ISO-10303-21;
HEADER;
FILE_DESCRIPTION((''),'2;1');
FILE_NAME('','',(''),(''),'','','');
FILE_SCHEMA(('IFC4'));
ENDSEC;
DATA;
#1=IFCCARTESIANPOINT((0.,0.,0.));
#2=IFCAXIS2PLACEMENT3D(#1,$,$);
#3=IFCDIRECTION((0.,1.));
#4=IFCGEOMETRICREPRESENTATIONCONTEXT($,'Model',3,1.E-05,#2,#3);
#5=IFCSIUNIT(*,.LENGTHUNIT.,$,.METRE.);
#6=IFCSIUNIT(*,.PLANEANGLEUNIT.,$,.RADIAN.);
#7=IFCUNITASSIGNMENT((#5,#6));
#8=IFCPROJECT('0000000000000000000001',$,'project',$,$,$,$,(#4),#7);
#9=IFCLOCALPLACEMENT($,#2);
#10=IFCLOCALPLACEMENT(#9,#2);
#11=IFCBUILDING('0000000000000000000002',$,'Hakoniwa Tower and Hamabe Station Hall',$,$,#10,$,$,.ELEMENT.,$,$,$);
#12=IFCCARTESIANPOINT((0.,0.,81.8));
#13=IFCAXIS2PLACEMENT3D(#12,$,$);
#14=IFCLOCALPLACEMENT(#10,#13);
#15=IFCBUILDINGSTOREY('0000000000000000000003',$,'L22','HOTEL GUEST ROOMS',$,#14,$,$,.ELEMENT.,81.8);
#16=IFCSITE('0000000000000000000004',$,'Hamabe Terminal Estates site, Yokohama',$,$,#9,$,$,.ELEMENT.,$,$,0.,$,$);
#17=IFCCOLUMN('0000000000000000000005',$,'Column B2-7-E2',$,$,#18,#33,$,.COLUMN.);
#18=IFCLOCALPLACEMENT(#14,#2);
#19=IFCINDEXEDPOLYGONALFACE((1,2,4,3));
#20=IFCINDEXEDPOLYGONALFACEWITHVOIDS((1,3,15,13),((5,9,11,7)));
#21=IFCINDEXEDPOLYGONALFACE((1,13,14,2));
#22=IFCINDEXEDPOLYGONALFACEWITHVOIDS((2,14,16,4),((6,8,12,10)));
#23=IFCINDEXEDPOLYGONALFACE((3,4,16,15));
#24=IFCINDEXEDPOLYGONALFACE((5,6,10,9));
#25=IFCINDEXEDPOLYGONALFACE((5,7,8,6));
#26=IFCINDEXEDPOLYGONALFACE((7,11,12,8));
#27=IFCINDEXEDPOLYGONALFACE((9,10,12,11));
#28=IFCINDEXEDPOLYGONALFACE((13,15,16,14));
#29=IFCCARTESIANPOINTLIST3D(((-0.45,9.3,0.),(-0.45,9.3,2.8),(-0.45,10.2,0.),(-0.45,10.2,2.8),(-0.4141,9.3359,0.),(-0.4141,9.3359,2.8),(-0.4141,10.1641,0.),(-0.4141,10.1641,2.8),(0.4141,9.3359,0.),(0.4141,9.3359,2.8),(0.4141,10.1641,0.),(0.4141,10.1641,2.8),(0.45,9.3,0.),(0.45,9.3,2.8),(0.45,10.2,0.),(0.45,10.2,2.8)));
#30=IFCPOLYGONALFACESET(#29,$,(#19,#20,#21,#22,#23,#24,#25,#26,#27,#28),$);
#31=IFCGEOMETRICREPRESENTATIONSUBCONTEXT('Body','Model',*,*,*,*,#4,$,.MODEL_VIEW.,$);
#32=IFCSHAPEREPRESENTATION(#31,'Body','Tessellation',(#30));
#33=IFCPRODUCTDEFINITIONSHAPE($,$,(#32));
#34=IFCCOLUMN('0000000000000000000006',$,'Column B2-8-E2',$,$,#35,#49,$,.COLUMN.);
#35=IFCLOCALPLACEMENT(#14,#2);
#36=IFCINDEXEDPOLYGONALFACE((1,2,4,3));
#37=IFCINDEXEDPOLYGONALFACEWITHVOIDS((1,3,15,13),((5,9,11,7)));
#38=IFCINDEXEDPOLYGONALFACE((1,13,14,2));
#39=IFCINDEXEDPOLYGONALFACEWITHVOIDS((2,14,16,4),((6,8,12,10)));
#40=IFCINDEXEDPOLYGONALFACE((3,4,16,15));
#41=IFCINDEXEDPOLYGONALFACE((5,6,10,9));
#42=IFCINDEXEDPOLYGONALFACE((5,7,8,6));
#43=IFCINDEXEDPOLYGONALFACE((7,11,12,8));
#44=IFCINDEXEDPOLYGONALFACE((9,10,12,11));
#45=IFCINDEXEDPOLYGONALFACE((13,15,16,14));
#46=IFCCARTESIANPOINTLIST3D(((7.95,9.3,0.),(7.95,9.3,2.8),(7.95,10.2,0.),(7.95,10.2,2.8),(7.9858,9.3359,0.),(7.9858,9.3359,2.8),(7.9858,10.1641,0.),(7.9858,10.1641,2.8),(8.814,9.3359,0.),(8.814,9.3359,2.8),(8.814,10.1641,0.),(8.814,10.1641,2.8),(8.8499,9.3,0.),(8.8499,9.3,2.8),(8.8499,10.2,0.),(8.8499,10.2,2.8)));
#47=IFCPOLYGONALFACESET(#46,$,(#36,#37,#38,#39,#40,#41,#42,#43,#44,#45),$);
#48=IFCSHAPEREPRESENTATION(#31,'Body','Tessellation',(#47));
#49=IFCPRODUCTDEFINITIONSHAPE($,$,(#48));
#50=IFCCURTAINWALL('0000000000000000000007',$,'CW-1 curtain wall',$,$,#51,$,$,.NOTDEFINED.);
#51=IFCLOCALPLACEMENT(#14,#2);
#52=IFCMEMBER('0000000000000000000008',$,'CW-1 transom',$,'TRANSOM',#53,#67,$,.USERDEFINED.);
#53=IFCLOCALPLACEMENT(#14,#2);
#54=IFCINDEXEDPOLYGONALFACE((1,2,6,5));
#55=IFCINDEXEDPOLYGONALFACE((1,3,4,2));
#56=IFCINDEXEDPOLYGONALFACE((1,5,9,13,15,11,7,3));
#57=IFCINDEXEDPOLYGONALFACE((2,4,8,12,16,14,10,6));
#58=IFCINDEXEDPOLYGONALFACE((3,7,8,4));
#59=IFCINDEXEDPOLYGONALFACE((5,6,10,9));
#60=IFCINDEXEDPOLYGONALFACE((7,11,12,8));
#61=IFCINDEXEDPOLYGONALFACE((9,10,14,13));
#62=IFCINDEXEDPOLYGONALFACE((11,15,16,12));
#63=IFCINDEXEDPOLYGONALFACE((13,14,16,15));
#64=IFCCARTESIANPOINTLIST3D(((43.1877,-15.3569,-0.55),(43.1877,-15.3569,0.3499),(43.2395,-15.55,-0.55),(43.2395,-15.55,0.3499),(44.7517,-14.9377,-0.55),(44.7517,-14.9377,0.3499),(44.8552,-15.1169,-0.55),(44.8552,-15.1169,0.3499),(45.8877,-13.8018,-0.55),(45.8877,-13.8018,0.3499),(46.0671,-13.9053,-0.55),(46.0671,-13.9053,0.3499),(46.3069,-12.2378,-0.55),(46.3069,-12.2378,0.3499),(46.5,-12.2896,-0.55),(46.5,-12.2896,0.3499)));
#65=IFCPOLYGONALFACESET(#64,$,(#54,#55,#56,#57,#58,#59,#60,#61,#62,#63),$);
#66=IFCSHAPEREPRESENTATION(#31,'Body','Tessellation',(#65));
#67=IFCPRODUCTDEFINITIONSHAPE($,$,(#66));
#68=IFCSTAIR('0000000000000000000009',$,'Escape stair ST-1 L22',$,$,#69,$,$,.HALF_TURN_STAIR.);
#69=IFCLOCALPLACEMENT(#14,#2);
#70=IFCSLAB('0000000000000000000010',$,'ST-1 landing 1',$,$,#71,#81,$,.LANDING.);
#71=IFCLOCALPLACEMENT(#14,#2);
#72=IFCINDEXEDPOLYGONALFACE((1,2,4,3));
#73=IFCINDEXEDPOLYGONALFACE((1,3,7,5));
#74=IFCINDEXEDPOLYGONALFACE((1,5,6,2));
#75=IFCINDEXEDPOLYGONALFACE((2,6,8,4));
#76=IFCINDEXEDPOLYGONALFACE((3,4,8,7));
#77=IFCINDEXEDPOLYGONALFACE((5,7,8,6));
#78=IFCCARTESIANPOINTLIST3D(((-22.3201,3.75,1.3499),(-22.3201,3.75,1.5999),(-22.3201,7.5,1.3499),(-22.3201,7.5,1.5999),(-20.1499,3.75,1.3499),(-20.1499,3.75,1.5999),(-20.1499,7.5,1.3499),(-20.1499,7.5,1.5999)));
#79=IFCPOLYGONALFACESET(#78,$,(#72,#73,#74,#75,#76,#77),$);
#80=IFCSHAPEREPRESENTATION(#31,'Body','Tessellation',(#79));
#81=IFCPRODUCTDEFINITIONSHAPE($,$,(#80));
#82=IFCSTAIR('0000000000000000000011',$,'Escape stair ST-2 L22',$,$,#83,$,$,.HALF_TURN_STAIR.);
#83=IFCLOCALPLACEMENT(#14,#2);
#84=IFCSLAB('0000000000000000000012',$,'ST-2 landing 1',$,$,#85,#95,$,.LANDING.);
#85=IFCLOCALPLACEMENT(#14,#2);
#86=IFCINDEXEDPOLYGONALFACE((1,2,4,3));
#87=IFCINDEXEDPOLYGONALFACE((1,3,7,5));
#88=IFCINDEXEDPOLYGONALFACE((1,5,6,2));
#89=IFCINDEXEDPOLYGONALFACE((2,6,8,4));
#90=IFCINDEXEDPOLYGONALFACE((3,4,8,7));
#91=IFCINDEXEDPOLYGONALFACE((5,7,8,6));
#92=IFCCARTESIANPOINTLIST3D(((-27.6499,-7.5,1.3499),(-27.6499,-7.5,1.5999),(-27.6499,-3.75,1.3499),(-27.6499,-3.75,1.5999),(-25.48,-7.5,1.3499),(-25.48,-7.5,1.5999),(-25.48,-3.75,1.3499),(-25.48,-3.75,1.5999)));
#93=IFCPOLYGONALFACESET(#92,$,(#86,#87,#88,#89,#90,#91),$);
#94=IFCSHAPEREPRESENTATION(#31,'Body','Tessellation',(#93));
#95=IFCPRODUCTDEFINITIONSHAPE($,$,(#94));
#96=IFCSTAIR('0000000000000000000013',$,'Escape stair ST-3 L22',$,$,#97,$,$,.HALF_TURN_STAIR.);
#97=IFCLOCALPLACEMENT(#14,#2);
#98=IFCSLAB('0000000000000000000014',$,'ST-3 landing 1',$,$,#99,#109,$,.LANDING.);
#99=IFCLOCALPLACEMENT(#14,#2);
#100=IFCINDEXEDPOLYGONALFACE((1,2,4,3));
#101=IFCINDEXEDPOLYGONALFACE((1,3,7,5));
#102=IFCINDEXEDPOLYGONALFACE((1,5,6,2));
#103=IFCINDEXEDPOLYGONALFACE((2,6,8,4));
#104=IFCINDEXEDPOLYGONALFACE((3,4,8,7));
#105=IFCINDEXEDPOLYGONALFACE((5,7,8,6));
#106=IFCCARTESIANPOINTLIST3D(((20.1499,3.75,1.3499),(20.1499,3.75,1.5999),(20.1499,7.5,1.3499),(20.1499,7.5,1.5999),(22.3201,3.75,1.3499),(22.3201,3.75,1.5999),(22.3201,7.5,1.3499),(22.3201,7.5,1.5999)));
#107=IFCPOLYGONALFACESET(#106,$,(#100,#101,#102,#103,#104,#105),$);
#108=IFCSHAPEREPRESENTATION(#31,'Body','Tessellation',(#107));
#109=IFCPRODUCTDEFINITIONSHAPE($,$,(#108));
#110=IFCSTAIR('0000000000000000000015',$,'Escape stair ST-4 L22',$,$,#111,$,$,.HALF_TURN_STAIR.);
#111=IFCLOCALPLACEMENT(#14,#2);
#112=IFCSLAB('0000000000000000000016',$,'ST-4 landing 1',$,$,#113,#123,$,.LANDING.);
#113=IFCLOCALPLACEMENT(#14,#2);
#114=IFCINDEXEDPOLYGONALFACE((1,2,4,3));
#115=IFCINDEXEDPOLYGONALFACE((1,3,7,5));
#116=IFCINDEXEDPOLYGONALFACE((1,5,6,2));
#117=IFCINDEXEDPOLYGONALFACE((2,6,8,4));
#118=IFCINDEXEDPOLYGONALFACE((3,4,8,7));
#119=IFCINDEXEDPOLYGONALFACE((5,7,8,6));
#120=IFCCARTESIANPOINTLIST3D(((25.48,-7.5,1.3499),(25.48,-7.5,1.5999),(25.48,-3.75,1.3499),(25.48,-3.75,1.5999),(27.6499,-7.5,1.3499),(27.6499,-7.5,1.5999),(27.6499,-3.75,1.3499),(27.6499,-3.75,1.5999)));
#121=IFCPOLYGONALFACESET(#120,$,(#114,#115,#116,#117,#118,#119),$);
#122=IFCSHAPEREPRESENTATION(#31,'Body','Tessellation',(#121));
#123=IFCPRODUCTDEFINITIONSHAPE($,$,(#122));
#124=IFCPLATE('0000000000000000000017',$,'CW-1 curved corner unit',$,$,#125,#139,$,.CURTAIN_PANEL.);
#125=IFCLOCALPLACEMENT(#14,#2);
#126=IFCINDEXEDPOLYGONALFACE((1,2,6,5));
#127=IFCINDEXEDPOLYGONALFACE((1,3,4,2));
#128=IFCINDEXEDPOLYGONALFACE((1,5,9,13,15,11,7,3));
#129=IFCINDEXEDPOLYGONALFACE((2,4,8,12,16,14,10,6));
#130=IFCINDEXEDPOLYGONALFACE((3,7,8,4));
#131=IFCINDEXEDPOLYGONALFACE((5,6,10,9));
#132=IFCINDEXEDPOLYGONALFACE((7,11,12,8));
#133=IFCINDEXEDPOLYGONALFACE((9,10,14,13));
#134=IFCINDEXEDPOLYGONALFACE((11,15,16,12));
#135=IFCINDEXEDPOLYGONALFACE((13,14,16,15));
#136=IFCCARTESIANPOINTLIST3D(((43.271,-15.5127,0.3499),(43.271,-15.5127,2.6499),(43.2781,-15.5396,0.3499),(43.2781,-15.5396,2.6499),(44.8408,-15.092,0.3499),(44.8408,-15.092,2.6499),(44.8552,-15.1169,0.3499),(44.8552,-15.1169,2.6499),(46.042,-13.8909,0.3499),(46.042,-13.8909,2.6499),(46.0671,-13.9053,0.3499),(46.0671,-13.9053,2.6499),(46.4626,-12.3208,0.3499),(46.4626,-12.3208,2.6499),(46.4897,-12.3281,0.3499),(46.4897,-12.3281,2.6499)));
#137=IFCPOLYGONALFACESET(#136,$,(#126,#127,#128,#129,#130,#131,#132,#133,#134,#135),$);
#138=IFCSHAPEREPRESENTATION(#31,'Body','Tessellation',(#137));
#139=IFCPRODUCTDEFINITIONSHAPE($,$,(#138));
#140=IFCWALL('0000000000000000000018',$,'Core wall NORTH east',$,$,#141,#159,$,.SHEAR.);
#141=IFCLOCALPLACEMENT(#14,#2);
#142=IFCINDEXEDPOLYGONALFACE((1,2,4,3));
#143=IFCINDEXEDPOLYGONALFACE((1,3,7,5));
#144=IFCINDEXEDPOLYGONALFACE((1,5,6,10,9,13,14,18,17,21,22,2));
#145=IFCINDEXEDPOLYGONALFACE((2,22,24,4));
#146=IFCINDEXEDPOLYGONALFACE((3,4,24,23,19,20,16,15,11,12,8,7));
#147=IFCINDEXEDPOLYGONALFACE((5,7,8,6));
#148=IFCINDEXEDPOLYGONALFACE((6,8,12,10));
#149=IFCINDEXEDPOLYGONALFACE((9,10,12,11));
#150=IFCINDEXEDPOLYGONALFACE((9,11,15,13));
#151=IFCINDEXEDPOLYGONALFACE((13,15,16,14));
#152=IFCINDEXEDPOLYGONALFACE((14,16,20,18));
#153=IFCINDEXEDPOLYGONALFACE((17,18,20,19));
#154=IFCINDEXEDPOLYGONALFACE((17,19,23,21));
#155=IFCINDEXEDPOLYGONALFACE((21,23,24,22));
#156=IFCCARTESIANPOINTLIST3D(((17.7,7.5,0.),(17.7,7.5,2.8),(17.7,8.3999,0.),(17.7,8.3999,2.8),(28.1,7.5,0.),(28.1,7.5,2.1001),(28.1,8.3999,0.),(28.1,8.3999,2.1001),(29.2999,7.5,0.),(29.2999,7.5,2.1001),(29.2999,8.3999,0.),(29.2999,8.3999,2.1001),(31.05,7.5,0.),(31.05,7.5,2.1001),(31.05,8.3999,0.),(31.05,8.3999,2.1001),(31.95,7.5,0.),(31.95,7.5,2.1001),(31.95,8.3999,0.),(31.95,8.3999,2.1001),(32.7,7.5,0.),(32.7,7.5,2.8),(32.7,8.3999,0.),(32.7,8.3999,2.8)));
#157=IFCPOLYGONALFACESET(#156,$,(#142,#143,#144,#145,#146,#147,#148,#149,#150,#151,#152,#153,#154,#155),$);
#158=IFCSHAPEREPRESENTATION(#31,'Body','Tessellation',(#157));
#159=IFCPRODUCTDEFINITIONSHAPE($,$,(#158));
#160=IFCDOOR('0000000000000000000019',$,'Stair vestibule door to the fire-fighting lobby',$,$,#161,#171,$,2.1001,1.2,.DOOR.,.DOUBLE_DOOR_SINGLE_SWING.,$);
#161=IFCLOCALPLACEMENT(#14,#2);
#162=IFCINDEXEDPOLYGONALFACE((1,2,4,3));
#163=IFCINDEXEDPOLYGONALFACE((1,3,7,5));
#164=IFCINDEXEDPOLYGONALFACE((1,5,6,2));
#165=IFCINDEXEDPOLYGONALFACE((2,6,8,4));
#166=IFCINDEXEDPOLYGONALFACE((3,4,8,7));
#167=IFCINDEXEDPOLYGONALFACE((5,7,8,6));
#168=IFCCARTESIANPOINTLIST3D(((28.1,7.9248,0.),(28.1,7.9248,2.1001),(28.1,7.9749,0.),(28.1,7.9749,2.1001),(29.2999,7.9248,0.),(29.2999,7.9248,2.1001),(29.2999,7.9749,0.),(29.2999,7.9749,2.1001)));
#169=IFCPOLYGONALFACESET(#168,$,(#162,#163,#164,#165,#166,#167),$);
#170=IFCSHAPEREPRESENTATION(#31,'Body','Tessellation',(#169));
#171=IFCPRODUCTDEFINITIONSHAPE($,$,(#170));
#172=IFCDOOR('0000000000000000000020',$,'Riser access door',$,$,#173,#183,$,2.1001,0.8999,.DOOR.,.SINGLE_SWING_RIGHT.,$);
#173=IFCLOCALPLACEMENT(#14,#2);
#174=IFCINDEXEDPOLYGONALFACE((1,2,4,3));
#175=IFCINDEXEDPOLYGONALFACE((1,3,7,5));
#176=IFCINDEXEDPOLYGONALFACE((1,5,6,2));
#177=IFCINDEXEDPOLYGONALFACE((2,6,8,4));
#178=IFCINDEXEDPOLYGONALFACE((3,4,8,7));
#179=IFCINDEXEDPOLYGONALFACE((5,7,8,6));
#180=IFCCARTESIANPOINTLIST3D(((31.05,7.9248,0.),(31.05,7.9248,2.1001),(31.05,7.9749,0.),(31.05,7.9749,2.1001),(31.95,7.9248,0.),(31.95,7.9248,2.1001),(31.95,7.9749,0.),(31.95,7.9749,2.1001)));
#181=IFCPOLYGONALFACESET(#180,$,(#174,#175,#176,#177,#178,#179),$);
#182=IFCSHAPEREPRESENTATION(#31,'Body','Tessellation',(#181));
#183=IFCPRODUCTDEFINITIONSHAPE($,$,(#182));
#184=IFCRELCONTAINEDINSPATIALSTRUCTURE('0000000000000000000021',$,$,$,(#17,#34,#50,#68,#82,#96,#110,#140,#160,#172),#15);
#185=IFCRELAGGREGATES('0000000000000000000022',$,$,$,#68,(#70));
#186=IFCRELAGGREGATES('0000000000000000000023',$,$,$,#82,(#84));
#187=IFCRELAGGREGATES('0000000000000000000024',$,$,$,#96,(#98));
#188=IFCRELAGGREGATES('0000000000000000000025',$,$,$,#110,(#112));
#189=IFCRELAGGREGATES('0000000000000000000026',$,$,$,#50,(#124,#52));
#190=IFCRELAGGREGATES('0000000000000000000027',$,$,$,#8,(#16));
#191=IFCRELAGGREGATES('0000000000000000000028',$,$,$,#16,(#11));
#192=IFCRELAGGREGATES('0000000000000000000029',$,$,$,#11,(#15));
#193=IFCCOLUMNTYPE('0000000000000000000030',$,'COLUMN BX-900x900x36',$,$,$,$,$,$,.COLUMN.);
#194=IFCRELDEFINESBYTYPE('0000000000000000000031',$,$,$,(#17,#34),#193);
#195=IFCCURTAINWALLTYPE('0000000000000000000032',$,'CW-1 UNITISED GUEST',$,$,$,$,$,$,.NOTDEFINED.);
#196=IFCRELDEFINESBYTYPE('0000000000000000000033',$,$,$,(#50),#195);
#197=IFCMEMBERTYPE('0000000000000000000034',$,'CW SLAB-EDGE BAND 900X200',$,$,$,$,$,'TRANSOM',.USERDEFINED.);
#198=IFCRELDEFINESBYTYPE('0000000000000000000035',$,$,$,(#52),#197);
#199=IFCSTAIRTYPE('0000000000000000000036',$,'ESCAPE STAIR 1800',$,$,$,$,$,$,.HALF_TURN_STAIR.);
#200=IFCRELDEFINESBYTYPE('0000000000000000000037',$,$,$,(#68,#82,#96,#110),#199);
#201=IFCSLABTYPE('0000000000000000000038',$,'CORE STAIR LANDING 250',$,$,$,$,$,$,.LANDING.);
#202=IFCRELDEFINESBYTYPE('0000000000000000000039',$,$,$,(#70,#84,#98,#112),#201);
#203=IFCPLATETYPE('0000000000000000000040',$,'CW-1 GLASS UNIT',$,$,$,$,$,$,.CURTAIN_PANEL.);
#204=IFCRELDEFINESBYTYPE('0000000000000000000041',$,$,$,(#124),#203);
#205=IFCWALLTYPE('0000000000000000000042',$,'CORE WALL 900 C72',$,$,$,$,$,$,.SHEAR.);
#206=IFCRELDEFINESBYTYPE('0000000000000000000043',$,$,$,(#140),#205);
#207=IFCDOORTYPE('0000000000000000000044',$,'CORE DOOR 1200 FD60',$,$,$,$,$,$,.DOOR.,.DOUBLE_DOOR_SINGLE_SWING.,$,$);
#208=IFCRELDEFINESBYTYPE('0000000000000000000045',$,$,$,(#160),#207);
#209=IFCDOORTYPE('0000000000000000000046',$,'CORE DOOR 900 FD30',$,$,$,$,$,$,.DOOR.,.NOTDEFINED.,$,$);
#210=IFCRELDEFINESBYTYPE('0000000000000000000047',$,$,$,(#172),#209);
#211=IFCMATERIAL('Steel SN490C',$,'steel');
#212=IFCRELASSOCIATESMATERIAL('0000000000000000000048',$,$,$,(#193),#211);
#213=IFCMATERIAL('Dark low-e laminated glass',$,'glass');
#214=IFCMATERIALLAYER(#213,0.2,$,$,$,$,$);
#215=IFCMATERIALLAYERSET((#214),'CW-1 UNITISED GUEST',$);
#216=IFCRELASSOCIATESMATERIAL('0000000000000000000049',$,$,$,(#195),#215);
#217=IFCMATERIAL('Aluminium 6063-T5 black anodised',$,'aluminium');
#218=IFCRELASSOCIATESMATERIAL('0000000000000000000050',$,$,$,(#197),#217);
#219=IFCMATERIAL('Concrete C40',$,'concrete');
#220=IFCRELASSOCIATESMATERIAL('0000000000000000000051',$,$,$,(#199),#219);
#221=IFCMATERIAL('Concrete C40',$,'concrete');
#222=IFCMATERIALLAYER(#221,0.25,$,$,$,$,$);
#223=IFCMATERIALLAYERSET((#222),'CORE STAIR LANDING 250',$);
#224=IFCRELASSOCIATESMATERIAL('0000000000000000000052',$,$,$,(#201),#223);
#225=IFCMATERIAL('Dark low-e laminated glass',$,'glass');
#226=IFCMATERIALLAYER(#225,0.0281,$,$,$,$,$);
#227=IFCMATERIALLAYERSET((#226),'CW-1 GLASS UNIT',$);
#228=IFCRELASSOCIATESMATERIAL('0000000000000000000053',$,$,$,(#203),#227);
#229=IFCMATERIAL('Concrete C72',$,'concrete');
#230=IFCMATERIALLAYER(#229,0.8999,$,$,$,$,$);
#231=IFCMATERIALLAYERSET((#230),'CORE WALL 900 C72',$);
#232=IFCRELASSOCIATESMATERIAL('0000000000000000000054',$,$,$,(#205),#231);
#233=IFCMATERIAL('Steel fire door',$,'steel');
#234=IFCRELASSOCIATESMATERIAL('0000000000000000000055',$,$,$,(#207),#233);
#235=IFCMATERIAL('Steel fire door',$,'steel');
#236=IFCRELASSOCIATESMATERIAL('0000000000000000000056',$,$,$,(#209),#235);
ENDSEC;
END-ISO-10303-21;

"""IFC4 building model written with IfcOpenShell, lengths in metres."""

from ifc_helpers import new_model, si_unit, direction, frame, frame_2d, origin, origin_2d, place, context, subcontext, project, spatial, polyline, rectangle, hollow_rectangle, outline, extrude, material, layer, layer_set, material_profile, profile_set, type_object, element, fill, aggregate, save


model = new_model("IFC4")

# Units and contexts
model_context = context("Model", 3, precision=1e-05, world=origin(), true_north=direction((0.0, 1.0)))
body_context = subcontext(model_context, "Body", "Model", "MODEL_VIEW")
ifc_project = project(units=[si_unit("LENGTHUNIT", "METRE"), si_unit("PLANEANGLEUNIT", "RADIAN")], contexts=[model_context])

# Site, building, storey
site_placement = place(None, origin())
site = spatial("IfcSite", under=ifc_project, at=site_placement, Name="Hamabe Terminal Estates site, Yokohama", CompositionType="ELEMENT", RefElevation=0.0)
building_placement = place(site_placement, origin())
building = spatial("IfcBuilding", under=site, at=building_placement, Name="Hakoniwa Tower and Hamabe Station Hall", CompositionType="ELEMENT")
storey_placement = place(building_placement, frame((0.0, 0.0, 81.8)))
storey = spatial("IfcBuildingStorey", under=building, at=storey_placement, Name="L22", Description="HOTEL GUEST ROOMS", CompositionType="ELEMENT", Elevation=81.8)

# Columns
ifc_material_1 = material(Name="Steel SN490C", Category="steel")
ifc_material_profile_1 = material_profile(ifc_material_1, hollow_rectangle(XDim=0.8999, YDim=0.8999, WallThickness=0.0359, at=origin_2d()), Name="BX-900x900x36")
ifc_profile_set_1 = profile_set([ifc_material_profile_1], Name="Steel SN490C")
column_type = type_object("IfcColumnType", Name="COLUMN BX-900x900x36", PredefinedType="COLUMN", material=ifc_profile_set_1)
for number, where, z_axis, x_axis, name in (
    (1, (0.0, 9.75, 0.0), (0.0, 0.0, 1.0), (1.0, 0.0, 0.0), "Column B2-7-E2"),
    (2, (8.3999, 9.75, 0.0), (0.0, 0.0, 1.0), (1.0, 0.0, 0.0), "Column B2-8-E2"),
):
    element("IfcColumn", number, at=place(storey_placement, frame(where, z_axis=z_axis, x_axis=x_axis)), inside=storey, type_object=column_type, Name=name, PredefinedType="COLUMN", context=body_context, shape_type="SweptSolid", body=[
        extrude(hollow_rectangle(XDim=0.8999, YDim=0.8999, WallThickness=0.0359, at=origin_2d()), origin(), (0.0, 0.0, 1.0), 2.8),
    ])

# Curtain wall, member
ifc_material_2 = material(Name="Dark low-e laminated glass", Category="glass")
ifc_layer_1 = layer(ifc_material_2, 0.2)
ifc_layer_set_1 = layer_set([ifc_layer_1], Name="CW-1 UNITISED GUEST")
curtain_wall_type = type_object("IfcCurtainWallType", Name="CW-1 UNITISED GUEST", PredefinedType="NOTDEFINED", material=ifc_layer_set_1)
curtain_wall_placement = place(storey_placement, origin())
curtain_wall = element("IfcCurtainWall", 3, at=curtain_wall_placement, inside=storey, type_object=curtain_wall_type, Name="CW-1 curtain wall", PredefinedType="NOTDEFINED")
ifc_material_3 = material(Name="Aluminium 6063-T5 black anodised", Category="aluminium")
ifc_material_profile_2 = material_profile(ifc_material_3, rectangle(XDim=0.2, YDim=0.8999, at=origin_2d()), Name="CW SLAB-EDGE BAND 900X200")
ifc_profile_set_2 = profile_set([ifc_material_profile_2], Name="Aluminium 6063-T5 black anodised")
member_type = type_object("IfcMemberType", Name="CW SLAB-EDGE BAND 900X200", ElementType="TRANSOM", PredefinedType="USERDEFINED", material=ifc_profile_set_2)
member_placement = place(storey_placement, frame((0.0, 0.0, -0.55)))
member = element("IfcMember", 4, at=member_placement, type_object=member_type, Name="CW-1 transom", ObjectType="TRANSOM", PredefinedType="USERDEFINED", context=body_context, shape_type="SweptSolid", body=[
    extrude(outline(polyline([(43.2395, -15.55), (44.8552, -15.1169), (46.0671, -13.9053), (46.5, -12.2896), (46.3069, -12.2378), (45.8877, -13.8018), (44.7517, -14.9377), (43.1877, -15.3569), (43.2395, -15.55)])), origin(), (0.0, 0.0, 1.0), 0.8999),
])

# Stairs, slabs
ifc_material_4 = material(Name="Concrete C40", Category="concrete")
stair_type = type_object("IfcStairType", Name="ESCAPE STAIR 1800", PredefinedType="HALF_TURN_STAIR", material=ifc_material_4)
stair_1_placement = place(storey_placement, origin())
stair_1 = element("IfcStair", 5, at=stair_1_placement, inside=storey, type_object=stair_type, Name="Escape stair ST-1 L22", PredefinedType="HALF_TURN_STAIR")
ifc_material_5 = material(Name="Concrete C40", Category="concrete")
ifc_layer_2 = layer(ifc_material_5, 0.25)
ifc_layer_set_2 = layer_set([ifc_layer_2], Name="CORE STAIR LANDING 250")
slab_type = type_object("IfcSlabType", Name="CORE STAIR LANDING 250", PredefinedType="LANDING", material=ifc_layer_set_2)
slab_1_placement = place(storey_placement, frame((0.0, 0.0, 1.3499)))
slab_1 = element("IfcSlab", 6, at=slab_1_placement, type_object=slab_type, Name="ST-1 landing 1", PredefinedType="LANDING", context=body_context, shape_type="SweptSolid", body=[
    extrude(outline(polyline([(-22.3201, 3.75), (-20.1499, 3.75), (-20.1499, 7.5), (-22.3201, 7.5), (-22.3201, 3.75)])), origin(), (0.0, 0.0, 1.0), 0.25),
])
aggregate(stair_1, [slab_1])
stair_2_placement = place(storey_placement, origin())
stair_2 = element("IfcStair", 7, at=stair_2_placement, inside=storey, type_object=stair_type, Name="Escape stair ST-2 L22", PredefinedType="HALF_TURN_STAIR")
slab_2_placement = place(storey_placement, frame((0.0, 0.0, 1.3499)))
slab_2 = element("IfcSlab", 8, at=slab_2_placement, type_object=slab_type, Name="ST-2 landing 1", PredefinedType="LANDING", context=body_context, shape_type="SweptSolid", body=[
    extrude(outline(polyline([(-25.48, -7.5), (-27.6499, -7.5), (-27.6499, -3.75), (-25.48, -3.75), (-25.48, -7.5)])), origin(), (0.0, 0.0, 1.0), 0.25),
])
aggregate(stair_2, [slab_2])
stair_3_placement = place(storey_placement, origin())
stair_3 = element("IfcStair", 9, at=stair_3_placement, inside=storey, type_object=stair_type, Name="Escape stair ST-3 L22", PredefinedType="HALF_TURN_STAIR")
slab_3_placement = place(storey_placement, frame((0.0, 0.0, 1.3499)))
slab_3 = element("IfcSlab", 10, at=slab_3_placement, type_object=slab_type, Name="ST-3 landing 1", PredefinedType="LANDING", context=body_context, shape_type="SweptSolid", body=[
    extrude(outline(polyline([(22.3201, 3.75), (20.1499, 3.75), (20.1499, 7.5), (22.3201, 7.5), (22.3201, 3.75)])), origin(), (0.0, 0.0, 1.0), 0.25),
])
aggregate(stair_3, [slab_3])
stair_4_placement = place(storey_placement, origin())
stair_4 = element("IfcStair", 11, at=stair_4_placement, inside=storey, type_object=stair_type, Name="Escape stair ST-4 L22", PredefinedType="HALF_TURN_STAIR")
slab_4_placement = place(storey_placement, frame((0.0, 0.0, 1.3499)))
slab_4 = element("IfcSlab", 12, at=slab_4_placement, type_object=slab_type, Name="ST-4 landing 1", PredefinedType="LANDING", context=body_context, shape_type="SweptSolid", body=[
    extrude(outline(polyline([(25.48, -7.5), (27.6499, -7.5), (27.6499, -3.75), (25.48, -3.75), (25.48, -7.5)])), origin(), (0.0, 0.0, 1.0), 0.25),
])
aggregate(stair_4, [slab_4])

# Plate
ifc_material_6 = material(Name="Dark low-e laminated glass", Category="glass")
ifc_layer_3 = layer(ifc_material_6, 0.0281)
ifc_layer_set_3 = layer_set([ifc_layer_3], Name="CW-1 GLASS UNIT")
plate_type = type_object("IfcPlateType", Name="CW-1 GLASS UNIT", PredefinedType="CURTAIN_PANEL", material=ifc_layer_set_3)
plate_placement = place(storey_placement, frame((0.0, 0.0, 0.3499)))
plate = element("IfcPlate", 13, at=plate_placement, type_object=plate_type, Name="CW-1 curved corner unit", PredefinedType="CURTAIN_PANEL", context=body_context, shape_type="SweptSolid", body=[
    extrude(outline(polyline([(43.2781, -15.5396), (44.8552, -15.1169), (46.0671, -13.9053), (46.4897, -12.3281), (46.4626, -12.3208), (46.042, -13.8909), (44.8408, -15.092), (43.271, -15.5127), (43.2781, -15.5396)])), origin(), (0.0, 0.0, 1.0), 2.3),
])
aggregate(curtain_wall, [plate, member])

# Wall, openings, doors
ifc_material_7 = material(Name="Concrete C72", Category="concrete")
ifc_layer_4 = layer(ifc_material_7, 0.8999)
ifc_layer_set_4 = layer_set([ifc_layer_4], Name="CORE WALL 900 C72")
wall_type_1 = type_object("IfcWallType", Name="CORE WALL 900 C72", PredefinedType="SHEAR", material=ifc_layer_set_4)
wall_1_placement = place(storey_placement, frame((17.7, 7.95, 0.0), z_axis=(0.0, 0.0, 1.0), x_axis=(1.0, 0.0, 0.0)))
wall_1 = element("IfcWall", 14, at=wall_1_placement, inside=storey, type_object=wall_type_1, Name="Core wall NORTH east", PredefinedType="SHEAR", context=body_context, shape_type="SweptSolid", body=[
    extrude(rectangle(XDim=15.0, YDim=0.8999, at=frame_2d((7.5, 0.0))), origin(), (0.0, 0.0, 1.0), 2.8),
])
opening_1_placement = place(wall_1_placement, frame((10.3999, 0.0, 0.0)))
opening_1 = element("IfcOpeningElement", 15, at=opening_1_placement, cuts=wall_1, PredefinedType="OPENING", context=body_context, shape_type="SweptSolid", body=[
    extrude(rectangle(XDim=1.2, YDim=2.1001, at=frame_2d((0.6001, 1.05))), frame((0.0, 0.46, 0.0), z_axis=(0.0, -1.0, 0.0), x_axis=(1.0, 0.0, 0.0)), (0.0, 0.0, 1.0), 0.9199),
])
opening_2_placement = place(wall_1_placement, frame((13.3501, 0.0, 0.0)))
opening_2 = element("IfcOpeningElement", 16, at=opening_2_placement, cuts=wall_1, PredefinedType="OPENING", context=body_context, shape_type="SweptSolid", body=[
    extrude(rectangle(XDim=0.8999, YDim=2.1001, at=frame_2d((0.45, 1.05))), frame((0.0, 0.46, 0.0), z_axis=(0.0, -1.0, 0.0), x_axis=(1.0, 0.0, 0.0)), (0.0, 0.0, 1.0), 0.9199),
])
ifc_material_8 = material(Name="Steel fire door", Category="steel")
door_type_1 = type_object("IfcDoorType", Name="CORE DOOR 1200 FD60", OperationType="DOUBLE_DOOR_SINGLE_SWING", PredefinedType="DOOR", material=ifc_material_8)
door_1_placement = place(opening_1_placement, origin())
door_1 = element("IfcDoor", 17, at=door_1_placement, inside=storey, type_object=door_type_1, Name="Stair vestibule door to the fire-fighting lobby", OperationType="DOUBLE_DOOR_SINGLE_SWING", OverallHeight=2.1001, OverallWidth=1.2, PredefinedType="DOOR", context=body_context, shape_type="SweptSolid", body=[
    extrude(rectangle(XDim=1.2, YDim=2.1001, at=frame_2d((0.6001, 1.05))), frame((0.0, 0.0249, 0.0), z_axis=(0.0, -1.0, 0.0), x_axis=(1.0, 0.0, 0.0)), (0.0, 0.0, 1.0), 0.05),
])
fill(opening_1, door_1)
ifc_material_9 = material(Name="Steel fire door", Category="steel")
door_type_2 = type_object("IfcDoorType", Name="CORE DOOR 900 FD30", OperationType="NOTDEFINED", PredefinedType="DOOR", material=ifc_material_9)
door_2_placement = place(opening_2_placement, origin())
door_2 = element("IfcDoor", 18, at=door_2_placement, inside=storey, type_object=door_type_2, Name="Riser access door", OperationType="SINGLE_SWING_RIGHT", OverallHeight=2.1001, OverallWidth=0.8999, PredefinedType="DOOR", context=body_context, shape_type="SweptSolid", body=[
    extrude(rectangle(XDim=0.8999, YDim=2.1001, at=frame_2d((0.45, 1.05))), frame((0.0, 0.0249, 0.0), z_axis=(0.0, -1.0, 0.0), x_axis=(1.0, 0.0, 0.0)), (0.0, 0.0, 1.0), 0.05),
])
fill(opening_2, door_2)

save(model, "model.ifc")
